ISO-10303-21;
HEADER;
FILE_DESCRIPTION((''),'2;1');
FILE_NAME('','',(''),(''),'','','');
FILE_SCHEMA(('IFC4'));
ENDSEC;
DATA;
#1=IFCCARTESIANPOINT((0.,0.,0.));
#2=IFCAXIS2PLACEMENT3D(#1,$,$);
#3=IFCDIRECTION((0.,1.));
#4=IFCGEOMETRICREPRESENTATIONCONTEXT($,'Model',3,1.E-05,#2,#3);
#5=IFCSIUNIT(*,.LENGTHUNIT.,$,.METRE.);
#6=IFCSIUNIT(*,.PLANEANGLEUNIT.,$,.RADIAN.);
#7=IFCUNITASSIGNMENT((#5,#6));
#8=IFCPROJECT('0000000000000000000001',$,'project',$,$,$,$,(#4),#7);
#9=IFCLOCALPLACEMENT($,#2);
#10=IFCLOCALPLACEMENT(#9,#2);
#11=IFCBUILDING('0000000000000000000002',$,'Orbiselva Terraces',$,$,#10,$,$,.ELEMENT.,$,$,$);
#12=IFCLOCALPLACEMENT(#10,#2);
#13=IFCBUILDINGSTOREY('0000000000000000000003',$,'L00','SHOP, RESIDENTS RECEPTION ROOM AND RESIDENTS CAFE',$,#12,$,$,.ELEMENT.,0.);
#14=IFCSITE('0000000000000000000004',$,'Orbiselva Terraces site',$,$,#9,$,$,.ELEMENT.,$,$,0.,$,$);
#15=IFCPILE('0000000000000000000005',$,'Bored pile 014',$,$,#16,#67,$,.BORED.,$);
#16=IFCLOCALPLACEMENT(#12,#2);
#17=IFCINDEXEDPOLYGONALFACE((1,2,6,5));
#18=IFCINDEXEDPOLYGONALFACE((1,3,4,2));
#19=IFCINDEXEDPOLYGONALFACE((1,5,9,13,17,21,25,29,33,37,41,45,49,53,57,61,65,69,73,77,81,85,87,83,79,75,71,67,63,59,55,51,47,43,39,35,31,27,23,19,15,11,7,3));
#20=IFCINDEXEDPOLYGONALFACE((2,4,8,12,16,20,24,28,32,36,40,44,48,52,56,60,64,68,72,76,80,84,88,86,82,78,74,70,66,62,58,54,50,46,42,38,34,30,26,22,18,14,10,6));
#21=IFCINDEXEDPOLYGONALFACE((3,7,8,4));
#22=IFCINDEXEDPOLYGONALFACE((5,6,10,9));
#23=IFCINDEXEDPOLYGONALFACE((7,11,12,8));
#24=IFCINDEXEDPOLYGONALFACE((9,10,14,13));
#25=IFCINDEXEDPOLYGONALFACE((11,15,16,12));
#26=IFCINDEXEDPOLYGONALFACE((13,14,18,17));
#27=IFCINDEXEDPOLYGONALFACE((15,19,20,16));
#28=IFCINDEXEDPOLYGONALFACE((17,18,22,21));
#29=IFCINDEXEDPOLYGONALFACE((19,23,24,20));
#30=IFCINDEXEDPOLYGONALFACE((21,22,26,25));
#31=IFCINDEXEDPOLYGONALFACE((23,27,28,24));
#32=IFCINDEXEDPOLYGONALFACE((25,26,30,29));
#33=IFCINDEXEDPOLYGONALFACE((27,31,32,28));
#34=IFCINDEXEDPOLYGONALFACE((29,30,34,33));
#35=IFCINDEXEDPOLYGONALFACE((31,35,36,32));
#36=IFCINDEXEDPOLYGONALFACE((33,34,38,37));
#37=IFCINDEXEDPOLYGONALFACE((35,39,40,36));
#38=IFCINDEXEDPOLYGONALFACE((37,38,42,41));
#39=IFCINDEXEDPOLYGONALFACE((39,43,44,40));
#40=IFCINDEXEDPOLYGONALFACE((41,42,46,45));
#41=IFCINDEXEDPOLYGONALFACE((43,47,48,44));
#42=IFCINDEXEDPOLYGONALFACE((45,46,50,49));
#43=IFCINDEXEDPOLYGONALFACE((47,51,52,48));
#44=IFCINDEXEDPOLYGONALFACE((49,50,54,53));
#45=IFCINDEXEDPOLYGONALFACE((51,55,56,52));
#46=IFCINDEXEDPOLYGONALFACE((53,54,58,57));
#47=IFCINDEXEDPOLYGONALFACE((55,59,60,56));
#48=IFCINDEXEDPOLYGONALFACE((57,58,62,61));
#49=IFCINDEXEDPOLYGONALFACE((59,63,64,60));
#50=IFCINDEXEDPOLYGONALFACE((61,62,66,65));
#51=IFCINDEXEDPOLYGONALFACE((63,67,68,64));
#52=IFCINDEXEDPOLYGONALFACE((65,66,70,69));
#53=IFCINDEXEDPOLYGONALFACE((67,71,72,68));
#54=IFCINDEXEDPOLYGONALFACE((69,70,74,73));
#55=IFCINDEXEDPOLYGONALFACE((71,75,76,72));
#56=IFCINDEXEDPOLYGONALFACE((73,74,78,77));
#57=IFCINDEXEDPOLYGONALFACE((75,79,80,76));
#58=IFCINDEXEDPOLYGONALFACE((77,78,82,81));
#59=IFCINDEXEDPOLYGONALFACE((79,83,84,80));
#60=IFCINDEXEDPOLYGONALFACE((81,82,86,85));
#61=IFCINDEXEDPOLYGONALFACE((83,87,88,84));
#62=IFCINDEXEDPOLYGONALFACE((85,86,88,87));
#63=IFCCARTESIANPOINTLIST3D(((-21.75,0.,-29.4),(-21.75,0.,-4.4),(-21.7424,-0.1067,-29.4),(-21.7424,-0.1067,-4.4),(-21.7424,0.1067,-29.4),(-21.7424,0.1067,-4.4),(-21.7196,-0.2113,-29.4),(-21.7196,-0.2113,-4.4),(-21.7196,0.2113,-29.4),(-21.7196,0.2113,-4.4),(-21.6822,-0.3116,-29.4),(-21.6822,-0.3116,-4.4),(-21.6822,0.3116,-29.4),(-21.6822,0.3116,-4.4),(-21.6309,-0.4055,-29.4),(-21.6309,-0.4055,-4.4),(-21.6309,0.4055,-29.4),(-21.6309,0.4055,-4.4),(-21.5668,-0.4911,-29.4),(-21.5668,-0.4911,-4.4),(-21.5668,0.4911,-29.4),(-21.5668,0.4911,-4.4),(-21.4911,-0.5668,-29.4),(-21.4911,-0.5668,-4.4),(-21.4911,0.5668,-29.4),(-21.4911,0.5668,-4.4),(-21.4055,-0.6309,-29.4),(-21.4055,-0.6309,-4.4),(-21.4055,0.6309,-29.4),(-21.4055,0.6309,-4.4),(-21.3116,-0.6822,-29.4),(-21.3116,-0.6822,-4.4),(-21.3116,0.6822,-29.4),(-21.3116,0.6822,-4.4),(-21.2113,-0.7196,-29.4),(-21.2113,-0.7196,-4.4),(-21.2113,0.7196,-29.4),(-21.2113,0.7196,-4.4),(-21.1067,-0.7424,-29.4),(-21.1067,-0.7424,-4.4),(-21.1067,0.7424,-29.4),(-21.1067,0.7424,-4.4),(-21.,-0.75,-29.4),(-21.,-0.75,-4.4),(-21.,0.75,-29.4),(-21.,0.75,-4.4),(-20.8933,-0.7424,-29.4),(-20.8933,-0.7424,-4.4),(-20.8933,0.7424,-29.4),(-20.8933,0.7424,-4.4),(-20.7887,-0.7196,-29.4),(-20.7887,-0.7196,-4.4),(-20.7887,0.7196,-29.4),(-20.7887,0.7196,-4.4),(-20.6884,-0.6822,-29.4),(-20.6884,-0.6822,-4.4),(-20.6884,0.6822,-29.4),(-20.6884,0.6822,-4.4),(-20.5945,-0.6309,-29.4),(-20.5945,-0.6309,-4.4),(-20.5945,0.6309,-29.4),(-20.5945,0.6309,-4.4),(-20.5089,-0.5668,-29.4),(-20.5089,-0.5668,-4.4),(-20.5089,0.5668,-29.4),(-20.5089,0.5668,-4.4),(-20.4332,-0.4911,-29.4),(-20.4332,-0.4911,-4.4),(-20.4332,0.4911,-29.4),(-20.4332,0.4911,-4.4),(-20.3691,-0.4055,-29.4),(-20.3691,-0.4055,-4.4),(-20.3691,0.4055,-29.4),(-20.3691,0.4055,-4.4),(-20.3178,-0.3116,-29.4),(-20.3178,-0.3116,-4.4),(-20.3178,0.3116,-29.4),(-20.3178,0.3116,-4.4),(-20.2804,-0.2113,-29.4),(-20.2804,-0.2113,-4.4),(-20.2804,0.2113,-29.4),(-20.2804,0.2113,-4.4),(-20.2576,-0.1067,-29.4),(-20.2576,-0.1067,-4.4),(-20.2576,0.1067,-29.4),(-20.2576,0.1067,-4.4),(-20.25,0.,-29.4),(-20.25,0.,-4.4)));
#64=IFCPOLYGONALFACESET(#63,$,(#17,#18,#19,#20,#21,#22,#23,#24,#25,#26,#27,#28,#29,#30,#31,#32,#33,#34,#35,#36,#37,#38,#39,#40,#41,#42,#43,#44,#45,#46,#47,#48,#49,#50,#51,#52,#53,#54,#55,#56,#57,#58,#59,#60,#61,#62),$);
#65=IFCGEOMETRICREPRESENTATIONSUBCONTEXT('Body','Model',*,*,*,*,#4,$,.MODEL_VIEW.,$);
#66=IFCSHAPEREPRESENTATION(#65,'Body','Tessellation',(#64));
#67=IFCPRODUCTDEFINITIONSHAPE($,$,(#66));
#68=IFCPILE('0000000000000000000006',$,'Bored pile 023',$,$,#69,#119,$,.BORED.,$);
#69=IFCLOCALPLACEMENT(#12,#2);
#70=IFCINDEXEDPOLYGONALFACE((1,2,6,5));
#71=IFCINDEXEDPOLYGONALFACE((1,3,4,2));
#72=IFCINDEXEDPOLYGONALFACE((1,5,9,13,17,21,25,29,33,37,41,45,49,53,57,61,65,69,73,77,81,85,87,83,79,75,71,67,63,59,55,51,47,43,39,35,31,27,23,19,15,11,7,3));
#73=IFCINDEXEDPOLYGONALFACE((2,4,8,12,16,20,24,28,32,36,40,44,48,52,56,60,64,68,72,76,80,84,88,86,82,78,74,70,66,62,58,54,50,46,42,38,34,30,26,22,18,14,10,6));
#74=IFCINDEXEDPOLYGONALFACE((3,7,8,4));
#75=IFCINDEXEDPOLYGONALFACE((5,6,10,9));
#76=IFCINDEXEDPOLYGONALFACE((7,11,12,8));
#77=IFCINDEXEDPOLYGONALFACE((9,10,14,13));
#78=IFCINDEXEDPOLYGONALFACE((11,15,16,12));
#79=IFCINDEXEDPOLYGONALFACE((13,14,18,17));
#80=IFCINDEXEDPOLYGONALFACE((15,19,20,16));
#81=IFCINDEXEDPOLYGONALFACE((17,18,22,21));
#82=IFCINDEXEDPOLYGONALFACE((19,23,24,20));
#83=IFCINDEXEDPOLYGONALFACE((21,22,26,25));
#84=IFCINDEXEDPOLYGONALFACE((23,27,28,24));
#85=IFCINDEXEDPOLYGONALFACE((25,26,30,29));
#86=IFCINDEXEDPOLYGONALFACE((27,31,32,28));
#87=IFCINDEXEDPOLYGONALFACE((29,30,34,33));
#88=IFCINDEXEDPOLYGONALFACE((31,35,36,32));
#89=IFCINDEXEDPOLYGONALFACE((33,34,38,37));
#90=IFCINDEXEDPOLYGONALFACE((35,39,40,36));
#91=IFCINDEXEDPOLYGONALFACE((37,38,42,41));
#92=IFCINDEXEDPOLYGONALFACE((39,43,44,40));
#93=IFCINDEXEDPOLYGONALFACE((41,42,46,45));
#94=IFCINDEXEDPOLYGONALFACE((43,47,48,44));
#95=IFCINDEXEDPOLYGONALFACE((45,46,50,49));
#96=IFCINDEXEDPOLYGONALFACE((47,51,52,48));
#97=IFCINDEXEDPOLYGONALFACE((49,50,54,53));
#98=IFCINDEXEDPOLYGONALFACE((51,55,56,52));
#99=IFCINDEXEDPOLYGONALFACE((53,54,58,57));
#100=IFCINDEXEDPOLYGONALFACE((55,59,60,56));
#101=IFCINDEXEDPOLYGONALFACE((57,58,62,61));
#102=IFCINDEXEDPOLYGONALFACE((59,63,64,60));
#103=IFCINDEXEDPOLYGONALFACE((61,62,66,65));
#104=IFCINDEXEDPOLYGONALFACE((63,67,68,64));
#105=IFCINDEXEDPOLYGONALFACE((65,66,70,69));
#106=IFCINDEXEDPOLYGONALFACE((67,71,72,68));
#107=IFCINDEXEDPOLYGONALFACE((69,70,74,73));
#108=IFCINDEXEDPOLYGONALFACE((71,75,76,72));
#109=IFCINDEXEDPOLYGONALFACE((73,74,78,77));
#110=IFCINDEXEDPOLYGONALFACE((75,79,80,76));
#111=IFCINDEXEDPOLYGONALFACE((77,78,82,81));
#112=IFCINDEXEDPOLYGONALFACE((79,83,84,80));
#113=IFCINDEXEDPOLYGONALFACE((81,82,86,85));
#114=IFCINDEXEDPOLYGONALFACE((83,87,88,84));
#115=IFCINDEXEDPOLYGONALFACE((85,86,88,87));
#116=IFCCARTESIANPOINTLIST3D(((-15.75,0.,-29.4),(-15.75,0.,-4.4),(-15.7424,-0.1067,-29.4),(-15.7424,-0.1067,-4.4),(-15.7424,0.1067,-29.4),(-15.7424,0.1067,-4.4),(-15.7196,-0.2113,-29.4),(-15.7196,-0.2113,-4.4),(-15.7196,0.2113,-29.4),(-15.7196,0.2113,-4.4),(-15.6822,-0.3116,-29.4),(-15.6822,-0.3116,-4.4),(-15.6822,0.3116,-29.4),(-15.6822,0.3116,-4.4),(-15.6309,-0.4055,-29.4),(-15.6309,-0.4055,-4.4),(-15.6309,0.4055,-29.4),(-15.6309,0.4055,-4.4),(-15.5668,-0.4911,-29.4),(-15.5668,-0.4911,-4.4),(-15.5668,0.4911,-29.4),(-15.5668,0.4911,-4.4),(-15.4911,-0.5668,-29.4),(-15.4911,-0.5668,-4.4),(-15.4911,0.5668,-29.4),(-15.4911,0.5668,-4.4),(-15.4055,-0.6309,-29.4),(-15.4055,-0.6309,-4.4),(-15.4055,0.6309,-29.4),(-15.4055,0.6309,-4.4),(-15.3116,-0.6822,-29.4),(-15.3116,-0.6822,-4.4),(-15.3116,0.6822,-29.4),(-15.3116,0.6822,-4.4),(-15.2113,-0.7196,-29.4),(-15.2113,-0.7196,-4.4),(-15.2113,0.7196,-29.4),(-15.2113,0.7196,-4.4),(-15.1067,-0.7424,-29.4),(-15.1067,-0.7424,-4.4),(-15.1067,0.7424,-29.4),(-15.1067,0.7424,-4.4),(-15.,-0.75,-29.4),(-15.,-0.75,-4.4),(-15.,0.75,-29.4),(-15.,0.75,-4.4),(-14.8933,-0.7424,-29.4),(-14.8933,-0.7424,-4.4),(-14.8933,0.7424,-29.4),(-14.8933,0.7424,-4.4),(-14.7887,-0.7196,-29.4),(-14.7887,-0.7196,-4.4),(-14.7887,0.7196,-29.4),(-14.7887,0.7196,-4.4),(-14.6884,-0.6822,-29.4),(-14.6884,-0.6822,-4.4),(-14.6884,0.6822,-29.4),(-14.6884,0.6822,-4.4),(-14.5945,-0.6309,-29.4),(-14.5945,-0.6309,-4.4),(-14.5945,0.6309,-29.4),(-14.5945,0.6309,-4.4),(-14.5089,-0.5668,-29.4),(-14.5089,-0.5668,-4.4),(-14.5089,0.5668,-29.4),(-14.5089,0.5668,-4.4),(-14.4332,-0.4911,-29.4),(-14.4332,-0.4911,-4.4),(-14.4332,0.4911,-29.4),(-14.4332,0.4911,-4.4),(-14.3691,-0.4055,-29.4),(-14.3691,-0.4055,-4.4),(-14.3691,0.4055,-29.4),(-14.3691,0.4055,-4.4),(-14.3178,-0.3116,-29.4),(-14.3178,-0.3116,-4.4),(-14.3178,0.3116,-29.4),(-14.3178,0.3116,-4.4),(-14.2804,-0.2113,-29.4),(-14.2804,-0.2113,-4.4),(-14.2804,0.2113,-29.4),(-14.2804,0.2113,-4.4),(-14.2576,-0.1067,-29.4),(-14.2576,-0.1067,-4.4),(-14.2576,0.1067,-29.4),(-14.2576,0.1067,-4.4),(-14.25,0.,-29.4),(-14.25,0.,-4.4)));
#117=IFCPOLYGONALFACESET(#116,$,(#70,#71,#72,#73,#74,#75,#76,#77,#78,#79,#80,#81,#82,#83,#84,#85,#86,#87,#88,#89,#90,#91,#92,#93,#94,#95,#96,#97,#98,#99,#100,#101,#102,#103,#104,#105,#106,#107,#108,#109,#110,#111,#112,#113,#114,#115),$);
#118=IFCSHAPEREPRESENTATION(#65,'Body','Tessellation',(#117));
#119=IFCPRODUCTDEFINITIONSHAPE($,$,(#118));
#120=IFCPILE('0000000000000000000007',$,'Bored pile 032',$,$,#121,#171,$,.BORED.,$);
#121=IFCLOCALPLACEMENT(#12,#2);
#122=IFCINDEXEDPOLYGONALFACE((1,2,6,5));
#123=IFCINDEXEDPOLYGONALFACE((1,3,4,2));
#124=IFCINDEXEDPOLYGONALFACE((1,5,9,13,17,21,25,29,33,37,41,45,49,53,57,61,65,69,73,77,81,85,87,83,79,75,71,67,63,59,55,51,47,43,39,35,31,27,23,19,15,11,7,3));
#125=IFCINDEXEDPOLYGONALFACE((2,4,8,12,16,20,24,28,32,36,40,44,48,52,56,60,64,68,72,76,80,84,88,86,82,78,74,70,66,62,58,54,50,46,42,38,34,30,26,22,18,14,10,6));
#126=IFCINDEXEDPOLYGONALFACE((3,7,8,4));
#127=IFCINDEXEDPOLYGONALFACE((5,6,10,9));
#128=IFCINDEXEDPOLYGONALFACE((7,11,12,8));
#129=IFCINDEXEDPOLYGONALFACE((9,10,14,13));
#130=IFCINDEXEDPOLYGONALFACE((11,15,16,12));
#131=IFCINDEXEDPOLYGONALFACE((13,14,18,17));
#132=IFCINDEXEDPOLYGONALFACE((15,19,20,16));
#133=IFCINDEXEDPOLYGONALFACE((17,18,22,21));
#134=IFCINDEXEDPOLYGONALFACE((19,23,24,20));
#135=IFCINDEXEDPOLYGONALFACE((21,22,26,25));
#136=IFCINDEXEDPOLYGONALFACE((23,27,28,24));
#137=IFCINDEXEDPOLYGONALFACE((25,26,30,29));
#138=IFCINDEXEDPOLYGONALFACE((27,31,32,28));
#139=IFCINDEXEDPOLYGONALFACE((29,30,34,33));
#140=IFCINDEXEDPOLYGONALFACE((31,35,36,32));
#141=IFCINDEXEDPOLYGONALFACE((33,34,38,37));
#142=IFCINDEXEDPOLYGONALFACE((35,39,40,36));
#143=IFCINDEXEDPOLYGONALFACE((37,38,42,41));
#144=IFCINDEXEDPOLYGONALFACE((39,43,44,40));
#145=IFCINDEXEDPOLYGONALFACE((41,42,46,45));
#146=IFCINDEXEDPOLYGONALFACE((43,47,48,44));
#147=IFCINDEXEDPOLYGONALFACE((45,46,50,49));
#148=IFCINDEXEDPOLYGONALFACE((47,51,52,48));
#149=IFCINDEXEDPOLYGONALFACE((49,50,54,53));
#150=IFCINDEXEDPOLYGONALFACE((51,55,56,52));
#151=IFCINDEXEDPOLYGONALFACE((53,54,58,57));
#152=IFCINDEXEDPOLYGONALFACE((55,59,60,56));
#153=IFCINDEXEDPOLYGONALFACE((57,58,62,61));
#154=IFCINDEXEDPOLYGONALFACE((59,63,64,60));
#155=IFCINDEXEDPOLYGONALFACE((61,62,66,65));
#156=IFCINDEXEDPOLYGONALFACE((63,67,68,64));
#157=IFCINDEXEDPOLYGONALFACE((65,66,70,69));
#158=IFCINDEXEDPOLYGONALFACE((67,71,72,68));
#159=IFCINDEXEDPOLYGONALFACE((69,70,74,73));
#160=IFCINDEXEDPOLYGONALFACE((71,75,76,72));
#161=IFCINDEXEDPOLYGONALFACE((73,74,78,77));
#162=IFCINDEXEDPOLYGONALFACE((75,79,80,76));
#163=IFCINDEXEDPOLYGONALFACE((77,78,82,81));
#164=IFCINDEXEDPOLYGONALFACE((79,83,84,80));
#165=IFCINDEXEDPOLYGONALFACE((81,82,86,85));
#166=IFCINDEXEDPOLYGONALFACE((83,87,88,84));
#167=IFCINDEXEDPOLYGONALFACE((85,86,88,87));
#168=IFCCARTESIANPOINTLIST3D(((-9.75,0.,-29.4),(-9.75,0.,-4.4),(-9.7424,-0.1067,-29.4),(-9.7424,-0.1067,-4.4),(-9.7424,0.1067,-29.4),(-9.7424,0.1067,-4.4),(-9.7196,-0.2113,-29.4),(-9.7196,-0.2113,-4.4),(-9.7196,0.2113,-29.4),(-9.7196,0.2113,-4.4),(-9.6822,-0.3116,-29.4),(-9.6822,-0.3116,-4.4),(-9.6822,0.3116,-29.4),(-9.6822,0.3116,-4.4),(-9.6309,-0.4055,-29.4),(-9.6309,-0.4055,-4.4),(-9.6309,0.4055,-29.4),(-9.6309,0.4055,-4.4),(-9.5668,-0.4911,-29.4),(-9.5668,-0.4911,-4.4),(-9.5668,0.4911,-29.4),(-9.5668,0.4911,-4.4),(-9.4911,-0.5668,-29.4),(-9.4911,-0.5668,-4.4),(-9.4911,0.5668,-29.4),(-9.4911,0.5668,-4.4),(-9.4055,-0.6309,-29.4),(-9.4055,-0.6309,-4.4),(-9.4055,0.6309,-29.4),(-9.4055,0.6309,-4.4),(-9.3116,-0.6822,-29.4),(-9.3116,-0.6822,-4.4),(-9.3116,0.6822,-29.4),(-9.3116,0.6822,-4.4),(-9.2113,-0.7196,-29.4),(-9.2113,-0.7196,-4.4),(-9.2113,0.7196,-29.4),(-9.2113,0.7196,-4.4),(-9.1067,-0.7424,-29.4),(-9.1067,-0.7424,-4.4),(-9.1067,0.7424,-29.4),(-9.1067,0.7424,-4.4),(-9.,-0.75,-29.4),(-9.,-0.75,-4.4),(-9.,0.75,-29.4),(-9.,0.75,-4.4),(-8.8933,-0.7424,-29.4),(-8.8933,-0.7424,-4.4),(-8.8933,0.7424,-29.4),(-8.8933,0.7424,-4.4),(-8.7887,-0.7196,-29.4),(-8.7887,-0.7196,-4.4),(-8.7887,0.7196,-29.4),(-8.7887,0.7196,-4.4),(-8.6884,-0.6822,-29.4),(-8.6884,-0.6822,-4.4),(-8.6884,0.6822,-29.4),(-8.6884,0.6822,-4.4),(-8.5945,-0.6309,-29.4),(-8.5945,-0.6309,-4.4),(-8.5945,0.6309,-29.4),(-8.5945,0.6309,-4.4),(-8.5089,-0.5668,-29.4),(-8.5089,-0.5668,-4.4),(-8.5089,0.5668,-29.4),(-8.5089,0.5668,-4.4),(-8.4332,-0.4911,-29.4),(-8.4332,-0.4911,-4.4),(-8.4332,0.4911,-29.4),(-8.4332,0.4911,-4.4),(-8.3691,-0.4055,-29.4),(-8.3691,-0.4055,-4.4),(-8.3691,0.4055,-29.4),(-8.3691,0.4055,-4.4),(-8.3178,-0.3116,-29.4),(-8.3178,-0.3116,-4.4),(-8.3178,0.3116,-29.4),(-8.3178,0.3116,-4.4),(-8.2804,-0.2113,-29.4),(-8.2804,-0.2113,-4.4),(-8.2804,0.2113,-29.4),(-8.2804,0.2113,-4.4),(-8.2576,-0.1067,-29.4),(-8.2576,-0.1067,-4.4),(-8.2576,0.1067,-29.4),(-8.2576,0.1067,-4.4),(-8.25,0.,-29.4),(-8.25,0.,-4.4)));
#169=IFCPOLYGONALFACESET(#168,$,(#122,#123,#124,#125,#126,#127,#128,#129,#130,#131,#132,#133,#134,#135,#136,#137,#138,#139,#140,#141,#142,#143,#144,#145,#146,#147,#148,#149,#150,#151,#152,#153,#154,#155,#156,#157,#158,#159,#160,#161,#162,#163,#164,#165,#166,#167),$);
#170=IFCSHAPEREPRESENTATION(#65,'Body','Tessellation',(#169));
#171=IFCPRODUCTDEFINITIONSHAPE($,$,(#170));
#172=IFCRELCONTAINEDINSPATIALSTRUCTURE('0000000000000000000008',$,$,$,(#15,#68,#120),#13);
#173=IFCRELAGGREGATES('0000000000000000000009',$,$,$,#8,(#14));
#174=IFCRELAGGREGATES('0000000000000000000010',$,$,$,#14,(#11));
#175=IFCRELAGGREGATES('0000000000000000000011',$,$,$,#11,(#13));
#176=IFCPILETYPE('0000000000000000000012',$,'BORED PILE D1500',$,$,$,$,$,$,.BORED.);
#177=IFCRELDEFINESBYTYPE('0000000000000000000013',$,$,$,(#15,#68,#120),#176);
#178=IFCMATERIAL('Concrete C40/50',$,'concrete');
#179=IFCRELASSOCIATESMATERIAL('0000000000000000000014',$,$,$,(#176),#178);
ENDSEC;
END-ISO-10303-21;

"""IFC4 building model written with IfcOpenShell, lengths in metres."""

from ifc_helpers import new_model, si_unit, direction, frame, origin, origin_2d, place, context, subcontext, project, spatial, circle, extrude, material, material_profile, profile_set, type_object, element, save


model = new_model("IFC4")

# Units and contexts
model_context = context("Model", 3, precision=1e-05, world=origin(), true_north=direction((0.0, 1.0)))
body_context = subcontext(model_context, "Body", "Model", "MODEL_VIEW")
ifc_project = project(units=[si_unit("LENGTHUNIT", "METRE"), si_unit("PLANEANGLEUNIT", "RADIAN")], contexts=[model_context])

# Site, building, storey
site_placement = place(None, origin())
site = spatial("IfcSite", under=ifc_project, at=site_placement, Name="Orbiselva Terraces site", CompositionType="ELEMENT", RefElevation=0.0)
building_placement = place(site_placement, origin())
building = spatial("IfcBuilding", under=site, at=building_placement, Name="Orbiselva Terraces", CompositionType="ELEMENT")
storey_placement = place(building_placement, origin())
storey = spatial("IfcBuildingStorey", under=building, at=storey_placement, Name="L00", Description="SHOP, RESIDENTS RECEPTION ROOM AND RESIDENTS CAFE", CompositionType="ELEMENT", Elevation=0.0)

# Piles
ifc_material_1 = material(Name="Concrete C40/50", Category="concrete")
ifc_material_profile_1 = material_profile(ifc_material_1, circle(Radius=0.75, at=origin_2d()), Name="D1500")
ifc_profile_set_1 = profile_set([ifc_material_profile_1], Name="Concrete C40/50")
pile_type = type_object("IfcPileType", Name="BORED PILE D1500", PredefinedType="BORED", material=ifc_profile_set_1)
for number, where, z_axis, x_axis, name in (
    (1, (-21.0, 0.0, -4.4), (0.0, 0.0, -1.0), (1.0, 0.0, 0.0), "Bored pile 014"),
    (2, (-15.0, 0.0, -4.4), (0.0, 0.0, -1.0), (1.0, 0.0, 0.0), "Bored pile 023"),
    (3, (-9.0, 0.0, -4.4), (0.0, 0.0, -1.0), (1.0, 0.0, 0.0), "Bored pile 032"),
):
    element("IfcPile", number, at=place(storey_placement, frame(where, z_axis=z_axis, x_axis=x_axis)), inside=storey, type_object=pile_type, Name=name, PredefinedType="BORED", context=body_context, shape_type="SweptSolid", body=[
        extrude(circle(Radius=0.75, at=origin_2d()), origin(), (0.0, 0.0, 1.0), 25.0),
    ])

save(model, "model.ifc")
